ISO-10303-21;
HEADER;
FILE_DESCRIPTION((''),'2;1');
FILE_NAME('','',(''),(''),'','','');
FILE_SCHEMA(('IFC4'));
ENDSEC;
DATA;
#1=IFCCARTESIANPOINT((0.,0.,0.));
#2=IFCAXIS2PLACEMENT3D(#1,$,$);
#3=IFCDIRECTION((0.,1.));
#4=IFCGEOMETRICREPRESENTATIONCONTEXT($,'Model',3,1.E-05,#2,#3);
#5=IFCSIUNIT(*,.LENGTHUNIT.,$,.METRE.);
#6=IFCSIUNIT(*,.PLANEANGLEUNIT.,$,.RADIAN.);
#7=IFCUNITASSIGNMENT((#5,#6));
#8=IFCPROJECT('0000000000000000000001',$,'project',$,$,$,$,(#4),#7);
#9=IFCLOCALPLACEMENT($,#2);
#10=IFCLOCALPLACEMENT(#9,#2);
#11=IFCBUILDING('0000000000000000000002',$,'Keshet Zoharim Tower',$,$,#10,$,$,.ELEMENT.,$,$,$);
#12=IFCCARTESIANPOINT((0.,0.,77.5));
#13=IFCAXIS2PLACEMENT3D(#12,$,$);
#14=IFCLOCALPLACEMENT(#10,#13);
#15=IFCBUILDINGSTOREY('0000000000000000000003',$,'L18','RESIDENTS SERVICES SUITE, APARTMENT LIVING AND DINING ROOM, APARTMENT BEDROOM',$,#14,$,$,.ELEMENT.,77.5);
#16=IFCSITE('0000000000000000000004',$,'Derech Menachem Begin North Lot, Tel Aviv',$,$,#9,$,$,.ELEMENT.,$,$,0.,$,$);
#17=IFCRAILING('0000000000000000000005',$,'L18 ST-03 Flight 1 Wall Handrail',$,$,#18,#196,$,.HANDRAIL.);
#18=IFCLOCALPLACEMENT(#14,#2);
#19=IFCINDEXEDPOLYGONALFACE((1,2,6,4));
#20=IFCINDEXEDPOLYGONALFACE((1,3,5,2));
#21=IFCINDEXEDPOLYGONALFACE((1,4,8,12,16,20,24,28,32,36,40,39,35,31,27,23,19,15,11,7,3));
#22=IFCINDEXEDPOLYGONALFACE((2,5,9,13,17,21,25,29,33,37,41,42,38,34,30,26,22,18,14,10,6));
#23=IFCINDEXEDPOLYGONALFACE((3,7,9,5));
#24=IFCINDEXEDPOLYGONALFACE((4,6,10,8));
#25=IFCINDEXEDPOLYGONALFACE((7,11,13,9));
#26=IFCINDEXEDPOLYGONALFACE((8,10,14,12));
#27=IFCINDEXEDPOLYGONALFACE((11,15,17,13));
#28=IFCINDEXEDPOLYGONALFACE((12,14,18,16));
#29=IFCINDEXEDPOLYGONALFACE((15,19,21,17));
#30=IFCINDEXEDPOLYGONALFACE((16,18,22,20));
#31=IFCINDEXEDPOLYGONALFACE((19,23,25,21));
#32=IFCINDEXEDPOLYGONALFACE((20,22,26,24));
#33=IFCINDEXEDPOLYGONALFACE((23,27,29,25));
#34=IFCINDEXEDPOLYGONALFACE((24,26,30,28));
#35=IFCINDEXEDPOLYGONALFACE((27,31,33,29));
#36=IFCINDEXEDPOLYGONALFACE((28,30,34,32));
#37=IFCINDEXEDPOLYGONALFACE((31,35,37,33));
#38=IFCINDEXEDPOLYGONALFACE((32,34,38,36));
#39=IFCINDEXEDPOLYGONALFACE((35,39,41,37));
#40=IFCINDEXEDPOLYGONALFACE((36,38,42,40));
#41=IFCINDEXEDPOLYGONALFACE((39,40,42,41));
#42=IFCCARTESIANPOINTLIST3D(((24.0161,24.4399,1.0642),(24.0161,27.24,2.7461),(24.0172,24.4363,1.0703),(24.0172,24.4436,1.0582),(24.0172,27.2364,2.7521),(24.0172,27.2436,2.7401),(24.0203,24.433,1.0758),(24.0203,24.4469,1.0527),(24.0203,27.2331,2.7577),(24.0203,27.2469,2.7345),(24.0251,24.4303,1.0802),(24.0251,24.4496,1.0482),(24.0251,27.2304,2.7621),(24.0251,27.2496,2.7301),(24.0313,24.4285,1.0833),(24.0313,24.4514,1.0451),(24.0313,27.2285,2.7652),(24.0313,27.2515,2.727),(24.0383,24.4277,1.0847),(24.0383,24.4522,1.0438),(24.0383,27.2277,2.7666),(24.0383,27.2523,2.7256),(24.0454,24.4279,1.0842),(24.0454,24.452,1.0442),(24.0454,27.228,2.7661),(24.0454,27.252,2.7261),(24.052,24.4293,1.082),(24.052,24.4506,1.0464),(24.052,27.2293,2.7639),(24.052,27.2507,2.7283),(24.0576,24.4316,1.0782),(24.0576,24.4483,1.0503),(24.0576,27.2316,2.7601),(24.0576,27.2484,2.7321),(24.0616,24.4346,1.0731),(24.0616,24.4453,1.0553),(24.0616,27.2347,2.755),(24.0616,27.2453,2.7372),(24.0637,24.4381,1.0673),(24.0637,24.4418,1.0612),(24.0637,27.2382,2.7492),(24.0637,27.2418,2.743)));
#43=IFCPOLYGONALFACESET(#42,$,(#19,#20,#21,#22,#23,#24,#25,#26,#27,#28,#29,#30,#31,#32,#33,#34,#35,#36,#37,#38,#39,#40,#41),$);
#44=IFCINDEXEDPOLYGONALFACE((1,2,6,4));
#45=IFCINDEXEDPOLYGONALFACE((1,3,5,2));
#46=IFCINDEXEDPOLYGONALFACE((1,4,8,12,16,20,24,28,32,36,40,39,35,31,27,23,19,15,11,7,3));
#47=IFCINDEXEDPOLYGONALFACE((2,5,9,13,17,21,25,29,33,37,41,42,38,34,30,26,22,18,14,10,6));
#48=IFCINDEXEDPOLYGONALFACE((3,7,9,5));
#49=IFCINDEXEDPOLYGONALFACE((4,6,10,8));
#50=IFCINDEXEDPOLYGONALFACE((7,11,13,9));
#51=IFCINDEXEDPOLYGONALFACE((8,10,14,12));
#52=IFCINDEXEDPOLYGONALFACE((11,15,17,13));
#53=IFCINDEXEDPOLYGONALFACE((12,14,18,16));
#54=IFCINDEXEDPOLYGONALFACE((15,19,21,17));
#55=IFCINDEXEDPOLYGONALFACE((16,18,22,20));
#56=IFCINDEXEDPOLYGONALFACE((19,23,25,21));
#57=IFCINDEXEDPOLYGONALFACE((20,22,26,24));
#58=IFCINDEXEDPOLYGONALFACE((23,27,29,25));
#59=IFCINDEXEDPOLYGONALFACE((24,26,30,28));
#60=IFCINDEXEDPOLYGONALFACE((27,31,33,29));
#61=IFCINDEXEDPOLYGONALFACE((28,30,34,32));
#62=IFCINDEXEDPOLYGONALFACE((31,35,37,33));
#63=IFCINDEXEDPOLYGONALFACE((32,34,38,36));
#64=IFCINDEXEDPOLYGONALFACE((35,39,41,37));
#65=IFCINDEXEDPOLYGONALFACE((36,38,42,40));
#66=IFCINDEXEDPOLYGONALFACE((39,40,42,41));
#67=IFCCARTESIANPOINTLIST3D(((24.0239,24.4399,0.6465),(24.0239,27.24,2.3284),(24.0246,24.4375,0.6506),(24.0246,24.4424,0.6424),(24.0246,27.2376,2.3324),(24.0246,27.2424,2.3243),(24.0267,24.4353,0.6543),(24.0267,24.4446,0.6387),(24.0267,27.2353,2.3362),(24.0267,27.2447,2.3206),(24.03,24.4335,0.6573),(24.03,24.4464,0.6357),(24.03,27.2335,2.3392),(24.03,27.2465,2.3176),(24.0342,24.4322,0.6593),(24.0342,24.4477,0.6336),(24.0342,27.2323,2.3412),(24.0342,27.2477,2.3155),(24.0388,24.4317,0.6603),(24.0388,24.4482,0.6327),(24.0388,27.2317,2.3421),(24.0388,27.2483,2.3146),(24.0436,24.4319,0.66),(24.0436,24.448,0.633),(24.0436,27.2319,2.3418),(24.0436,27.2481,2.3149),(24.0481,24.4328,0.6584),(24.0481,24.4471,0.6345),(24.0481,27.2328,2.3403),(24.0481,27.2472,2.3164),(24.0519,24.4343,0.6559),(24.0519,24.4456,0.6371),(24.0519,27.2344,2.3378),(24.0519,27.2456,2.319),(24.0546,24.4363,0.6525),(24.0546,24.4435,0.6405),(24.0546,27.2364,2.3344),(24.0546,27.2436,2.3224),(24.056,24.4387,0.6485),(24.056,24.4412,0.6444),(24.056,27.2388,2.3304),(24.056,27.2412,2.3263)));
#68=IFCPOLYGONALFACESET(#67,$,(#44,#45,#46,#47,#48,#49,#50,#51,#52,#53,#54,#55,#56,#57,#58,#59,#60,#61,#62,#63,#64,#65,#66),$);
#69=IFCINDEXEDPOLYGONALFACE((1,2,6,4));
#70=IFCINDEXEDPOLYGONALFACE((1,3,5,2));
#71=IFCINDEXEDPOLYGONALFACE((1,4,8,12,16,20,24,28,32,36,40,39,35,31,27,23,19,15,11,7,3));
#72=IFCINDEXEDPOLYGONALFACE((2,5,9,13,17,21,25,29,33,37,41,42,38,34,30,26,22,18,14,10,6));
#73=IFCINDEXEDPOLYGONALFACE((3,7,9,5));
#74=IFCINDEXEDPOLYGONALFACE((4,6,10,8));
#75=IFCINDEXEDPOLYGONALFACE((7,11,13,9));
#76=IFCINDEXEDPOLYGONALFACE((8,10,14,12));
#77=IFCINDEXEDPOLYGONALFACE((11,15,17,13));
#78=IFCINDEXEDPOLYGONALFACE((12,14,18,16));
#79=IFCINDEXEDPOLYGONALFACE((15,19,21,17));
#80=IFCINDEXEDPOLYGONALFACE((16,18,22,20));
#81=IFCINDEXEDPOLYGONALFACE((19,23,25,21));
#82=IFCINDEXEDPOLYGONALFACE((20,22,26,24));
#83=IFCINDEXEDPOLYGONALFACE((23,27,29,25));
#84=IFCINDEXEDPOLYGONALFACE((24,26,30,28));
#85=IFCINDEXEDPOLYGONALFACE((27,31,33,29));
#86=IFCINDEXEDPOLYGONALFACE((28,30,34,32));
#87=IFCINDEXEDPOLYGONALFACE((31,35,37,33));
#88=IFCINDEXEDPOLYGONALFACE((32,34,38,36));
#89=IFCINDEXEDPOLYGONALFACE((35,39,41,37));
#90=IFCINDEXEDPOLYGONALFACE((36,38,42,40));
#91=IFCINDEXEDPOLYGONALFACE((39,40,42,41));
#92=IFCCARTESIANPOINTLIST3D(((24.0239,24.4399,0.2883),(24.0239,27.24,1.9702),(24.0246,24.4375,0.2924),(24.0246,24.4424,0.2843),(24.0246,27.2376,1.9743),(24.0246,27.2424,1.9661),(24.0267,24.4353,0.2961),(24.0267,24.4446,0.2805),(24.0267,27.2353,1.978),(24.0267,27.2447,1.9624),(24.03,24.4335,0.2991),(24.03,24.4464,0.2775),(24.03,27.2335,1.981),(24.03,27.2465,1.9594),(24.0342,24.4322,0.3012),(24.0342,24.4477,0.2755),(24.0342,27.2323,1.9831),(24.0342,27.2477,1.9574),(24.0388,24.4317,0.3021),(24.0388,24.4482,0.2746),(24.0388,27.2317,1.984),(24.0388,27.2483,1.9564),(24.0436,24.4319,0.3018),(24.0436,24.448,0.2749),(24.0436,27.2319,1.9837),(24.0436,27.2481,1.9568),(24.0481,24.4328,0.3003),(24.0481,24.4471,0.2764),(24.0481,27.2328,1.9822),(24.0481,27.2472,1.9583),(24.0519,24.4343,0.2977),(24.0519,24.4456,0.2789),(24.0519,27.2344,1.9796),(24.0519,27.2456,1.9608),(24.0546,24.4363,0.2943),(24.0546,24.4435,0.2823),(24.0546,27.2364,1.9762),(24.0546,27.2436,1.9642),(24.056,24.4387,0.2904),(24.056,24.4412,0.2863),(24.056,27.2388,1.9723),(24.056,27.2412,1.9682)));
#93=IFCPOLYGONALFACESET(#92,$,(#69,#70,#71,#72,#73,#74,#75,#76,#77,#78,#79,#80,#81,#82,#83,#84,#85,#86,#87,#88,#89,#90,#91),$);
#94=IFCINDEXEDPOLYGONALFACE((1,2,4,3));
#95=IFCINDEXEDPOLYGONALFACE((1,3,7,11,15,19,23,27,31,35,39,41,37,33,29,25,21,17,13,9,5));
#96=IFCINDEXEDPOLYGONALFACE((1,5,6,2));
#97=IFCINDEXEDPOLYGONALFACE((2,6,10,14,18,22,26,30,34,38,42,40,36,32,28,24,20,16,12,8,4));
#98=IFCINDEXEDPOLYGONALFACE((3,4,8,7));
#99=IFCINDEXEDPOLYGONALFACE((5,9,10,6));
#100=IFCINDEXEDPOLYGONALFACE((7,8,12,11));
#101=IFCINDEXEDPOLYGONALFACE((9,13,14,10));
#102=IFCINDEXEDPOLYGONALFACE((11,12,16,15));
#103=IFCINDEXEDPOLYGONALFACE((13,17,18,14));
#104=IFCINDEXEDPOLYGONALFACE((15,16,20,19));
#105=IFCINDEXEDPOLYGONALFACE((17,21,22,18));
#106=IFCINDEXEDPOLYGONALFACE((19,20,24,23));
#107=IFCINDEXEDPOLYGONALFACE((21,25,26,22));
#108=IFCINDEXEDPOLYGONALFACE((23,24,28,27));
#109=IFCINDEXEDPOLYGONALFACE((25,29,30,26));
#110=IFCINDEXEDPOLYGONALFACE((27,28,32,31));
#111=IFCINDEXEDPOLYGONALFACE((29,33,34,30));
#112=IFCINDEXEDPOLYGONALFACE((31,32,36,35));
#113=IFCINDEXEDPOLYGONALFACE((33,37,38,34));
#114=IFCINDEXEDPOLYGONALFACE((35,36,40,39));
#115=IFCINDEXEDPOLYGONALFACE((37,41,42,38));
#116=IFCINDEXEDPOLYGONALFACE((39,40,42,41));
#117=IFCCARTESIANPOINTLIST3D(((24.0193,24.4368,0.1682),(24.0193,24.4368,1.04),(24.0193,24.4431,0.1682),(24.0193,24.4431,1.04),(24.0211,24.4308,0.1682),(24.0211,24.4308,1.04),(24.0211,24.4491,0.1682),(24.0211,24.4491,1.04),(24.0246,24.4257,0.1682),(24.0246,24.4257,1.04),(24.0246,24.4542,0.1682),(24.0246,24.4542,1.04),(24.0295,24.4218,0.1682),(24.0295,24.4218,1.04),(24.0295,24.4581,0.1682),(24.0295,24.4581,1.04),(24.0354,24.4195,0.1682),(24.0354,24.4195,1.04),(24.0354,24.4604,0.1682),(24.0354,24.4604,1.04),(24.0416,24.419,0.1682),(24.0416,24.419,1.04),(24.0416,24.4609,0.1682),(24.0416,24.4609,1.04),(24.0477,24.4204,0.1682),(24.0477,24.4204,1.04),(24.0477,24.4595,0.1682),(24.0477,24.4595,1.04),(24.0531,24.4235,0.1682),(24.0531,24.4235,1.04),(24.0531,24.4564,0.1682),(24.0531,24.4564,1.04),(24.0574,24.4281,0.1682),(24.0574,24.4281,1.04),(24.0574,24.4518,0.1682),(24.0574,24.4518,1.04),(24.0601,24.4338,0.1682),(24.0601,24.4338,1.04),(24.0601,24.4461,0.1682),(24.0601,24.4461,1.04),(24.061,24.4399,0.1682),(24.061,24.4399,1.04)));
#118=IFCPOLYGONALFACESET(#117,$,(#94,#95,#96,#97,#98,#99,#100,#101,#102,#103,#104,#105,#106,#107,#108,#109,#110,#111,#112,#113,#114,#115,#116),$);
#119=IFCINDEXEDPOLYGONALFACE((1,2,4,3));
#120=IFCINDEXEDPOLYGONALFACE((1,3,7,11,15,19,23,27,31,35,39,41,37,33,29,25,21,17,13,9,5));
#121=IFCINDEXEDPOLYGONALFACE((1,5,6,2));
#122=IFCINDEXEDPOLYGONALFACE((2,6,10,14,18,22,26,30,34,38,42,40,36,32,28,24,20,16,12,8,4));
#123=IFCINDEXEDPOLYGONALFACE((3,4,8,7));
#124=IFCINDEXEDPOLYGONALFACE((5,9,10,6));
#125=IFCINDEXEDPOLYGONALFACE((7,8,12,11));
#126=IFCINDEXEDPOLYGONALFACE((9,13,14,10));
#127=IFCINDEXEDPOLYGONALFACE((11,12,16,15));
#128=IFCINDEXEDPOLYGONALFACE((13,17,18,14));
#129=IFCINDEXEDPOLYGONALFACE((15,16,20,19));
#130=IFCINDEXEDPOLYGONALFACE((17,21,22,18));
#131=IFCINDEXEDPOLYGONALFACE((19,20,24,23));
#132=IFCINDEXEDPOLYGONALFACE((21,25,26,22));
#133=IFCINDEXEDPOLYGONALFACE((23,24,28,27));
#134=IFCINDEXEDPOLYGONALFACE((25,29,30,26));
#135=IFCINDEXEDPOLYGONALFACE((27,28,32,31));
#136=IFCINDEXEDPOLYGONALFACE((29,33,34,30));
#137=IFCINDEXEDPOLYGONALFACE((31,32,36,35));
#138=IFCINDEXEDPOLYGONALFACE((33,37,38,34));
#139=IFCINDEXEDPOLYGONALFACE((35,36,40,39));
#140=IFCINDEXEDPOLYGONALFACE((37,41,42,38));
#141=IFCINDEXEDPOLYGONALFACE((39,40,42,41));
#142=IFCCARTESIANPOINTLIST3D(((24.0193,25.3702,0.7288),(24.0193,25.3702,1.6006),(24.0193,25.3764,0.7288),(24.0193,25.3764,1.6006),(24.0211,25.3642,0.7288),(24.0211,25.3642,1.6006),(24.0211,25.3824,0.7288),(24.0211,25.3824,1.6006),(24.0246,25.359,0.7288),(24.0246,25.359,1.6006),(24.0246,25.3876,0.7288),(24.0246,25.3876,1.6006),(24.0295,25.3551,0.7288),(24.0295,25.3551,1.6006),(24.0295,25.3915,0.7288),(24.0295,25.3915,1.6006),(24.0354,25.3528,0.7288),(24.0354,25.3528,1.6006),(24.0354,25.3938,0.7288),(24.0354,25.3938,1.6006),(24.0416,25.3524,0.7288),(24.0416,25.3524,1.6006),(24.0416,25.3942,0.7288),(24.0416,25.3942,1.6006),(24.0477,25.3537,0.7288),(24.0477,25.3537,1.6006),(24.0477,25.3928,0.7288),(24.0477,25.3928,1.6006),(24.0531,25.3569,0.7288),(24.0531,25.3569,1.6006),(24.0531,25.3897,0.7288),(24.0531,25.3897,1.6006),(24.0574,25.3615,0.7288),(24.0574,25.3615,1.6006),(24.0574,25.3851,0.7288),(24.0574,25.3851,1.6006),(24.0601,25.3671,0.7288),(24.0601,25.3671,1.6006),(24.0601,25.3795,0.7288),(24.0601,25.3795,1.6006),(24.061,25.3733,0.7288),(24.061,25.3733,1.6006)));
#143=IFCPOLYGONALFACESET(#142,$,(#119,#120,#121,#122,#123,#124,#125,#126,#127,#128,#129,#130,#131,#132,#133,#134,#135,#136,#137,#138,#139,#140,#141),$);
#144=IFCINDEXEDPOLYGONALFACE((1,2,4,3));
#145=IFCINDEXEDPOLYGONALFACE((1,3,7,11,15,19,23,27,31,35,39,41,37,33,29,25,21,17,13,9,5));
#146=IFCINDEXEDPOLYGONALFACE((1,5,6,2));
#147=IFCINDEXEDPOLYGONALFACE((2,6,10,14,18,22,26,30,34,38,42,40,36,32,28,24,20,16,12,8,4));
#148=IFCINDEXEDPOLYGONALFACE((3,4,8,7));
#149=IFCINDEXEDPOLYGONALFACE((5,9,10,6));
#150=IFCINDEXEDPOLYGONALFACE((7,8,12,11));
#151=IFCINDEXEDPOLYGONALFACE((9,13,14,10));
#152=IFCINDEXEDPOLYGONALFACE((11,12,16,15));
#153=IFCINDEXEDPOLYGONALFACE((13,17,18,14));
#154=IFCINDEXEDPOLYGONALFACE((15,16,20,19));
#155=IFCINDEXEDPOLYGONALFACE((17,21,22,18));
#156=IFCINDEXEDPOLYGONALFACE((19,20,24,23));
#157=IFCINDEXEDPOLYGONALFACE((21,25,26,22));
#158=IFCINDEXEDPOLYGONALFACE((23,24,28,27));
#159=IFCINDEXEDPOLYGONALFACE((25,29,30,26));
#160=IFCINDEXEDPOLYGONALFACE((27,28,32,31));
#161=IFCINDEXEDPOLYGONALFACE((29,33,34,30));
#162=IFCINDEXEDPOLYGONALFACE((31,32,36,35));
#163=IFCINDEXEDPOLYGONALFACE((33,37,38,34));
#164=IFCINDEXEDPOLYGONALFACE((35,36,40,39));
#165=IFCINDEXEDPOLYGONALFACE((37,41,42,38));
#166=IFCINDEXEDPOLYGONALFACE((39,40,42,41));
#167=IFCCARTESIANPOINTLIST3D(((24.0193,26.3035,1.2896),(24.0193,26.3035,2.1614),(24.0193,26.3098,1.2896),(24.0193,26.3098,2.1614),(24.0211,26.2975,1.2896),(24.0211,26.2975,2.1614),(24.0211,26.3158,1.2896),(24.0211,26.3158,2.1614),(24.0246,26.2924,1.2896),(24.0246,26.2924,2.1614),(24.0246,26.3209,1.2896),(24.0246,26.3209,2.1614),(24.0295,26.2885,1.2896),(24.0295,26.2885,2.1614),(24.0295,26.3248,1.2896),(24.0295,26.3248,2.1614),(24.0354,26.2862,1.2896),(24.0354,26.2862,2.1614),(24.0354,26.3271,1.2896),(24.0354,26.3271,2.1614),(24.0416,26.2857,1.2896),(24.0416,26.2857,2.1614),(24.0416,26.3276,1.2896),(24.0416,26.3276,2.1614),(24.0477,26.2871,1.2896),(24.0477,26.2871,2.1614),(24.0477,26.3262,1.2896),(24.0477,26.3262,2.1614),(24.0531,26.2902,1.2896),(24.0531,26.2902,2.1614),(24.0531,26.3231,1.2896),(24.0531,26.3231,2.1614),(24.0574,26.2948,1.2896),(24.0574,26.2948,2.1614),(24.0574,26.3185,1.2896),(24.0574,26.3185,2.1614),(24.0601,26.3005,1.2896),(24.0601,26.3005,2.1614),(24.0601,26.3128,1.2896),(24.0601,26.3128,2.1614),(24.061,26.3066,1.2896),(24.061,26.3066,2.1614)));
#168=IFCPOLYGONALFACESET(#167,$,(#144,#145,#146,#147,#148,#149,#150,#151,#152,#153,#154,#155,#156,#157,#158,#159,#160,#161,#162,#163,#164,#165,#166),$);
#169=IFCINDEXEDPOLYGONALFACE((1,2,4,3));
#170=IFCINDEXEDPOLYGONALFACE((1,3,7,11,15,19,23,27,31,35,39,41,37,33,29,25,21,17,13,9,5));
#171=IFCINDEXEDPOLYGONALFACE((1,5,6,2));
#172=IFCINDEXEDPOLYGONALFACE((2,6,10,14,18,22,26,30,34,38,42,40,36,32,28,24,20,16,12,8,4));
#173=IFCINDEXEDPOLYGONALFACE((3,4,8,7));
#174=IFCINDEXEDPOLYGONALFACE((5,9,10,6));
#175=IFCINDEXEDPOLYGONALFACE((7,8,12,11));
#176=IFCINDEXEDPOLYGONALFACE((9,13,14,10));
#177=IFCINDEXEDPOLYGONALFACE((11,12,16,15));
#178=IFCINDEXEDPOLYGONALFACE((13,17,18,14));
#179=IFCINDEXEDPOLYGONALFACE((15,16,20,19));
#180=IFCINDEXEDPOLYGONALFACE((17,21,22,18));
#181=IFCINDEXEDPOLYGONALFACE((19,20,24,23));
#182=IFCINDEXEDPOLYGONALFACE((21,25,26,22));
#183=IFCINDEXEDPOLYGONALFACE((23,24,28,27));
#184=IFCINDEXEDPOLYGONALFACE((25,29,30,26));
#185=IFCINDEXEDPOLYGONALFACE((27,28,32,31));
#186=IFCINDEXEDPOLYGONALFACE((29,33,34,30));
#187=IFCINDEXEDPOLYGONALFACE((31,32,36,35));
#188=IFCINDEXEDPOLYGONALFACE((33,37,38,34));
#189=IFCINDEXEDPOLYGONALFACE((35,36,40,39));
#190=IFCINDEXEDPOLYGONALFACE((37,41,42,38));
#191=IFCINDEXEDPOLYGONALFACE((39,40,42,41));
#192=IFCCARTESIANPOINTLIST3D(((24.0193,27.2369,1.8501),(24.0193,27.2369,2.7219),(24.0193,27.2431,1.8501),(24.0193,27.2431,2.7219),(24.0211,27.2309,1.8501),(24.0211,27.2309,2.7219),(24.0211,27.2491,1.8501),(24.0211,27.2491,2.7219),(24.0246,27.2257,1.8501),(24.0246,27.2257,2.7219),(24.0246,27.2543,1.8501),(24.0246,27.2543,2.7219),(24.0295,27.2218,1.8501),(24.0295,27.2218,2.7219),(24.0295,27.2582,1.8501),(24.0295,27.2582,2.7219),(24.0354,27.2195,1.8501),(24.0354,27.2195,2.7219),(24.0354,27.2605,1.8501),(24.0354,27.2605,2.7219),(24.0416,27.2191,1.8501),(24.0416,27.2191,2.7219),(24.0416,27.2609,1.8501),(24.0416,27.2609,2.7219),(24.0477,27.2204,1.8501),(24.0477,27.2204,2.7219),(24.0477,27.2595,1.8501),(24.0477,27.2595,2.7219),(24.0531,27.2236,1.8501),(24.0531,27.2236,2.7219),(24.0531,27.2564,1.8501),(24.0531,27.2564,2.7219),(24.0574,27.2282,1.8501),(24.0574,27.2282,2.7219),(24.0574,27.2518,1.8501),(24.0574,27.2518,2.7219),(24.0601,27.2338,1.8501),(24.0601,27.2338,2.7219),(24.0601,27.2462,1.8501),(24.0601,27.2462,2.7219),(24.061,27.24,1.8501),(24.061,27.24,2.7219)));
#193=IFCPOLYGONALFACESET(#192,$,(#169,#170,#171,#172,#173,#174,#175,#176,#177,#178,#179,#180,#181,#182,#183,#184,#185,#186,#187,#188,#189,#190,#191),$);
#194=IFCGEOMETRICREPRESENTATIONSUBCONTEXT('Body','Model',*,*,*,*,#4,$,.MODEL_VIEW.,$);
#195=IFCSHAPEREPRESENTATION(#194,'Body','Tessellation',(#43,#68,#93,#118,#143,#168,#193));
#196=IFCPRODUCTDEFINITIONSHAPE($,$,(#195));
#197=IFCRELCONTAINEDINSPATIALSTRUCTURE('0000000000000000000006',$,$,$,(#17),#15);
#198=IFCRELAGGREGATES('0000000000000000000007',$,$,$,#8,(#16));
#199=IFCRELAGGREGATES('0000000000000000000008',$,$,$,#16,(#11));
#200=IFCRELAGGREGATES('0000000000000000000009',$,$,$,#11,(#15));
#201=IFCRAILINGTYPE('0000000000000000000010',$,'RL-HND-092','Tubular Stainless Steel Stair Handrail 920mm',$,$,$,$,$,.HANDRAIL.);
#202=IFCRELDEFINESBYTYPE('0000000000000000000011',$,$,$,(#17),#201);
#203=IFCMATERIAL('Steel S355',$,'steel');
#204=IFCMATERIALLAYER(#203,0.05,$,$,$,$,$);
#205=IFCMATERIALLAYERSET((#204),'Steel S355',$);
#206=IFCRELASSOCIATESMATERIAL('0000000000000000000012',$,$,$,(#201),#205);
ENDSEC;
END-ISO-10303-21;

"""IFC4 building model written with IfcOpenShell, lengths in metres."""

from ifc_helpers import new_model, si_unit, direction, frame, origin, origin_2d, place, context, subcontext, project, spatial, circle, extrude, material, layer, layer_set, type_object, element, save


model = new_model("IFC4")

# Units and contexts
model_context = context("Model", 3, precision=1e-05, world=origin(), true_north=direction((0.0, 1.0)))
body_context = subcontext(model_context, "Body", "Model", "MODEL_VIEW")
ifc_project = project(units=[si_unit("LENGTHUNIT", "METRE"), si_unit("PLANEANGLEUNIT", "RADIAN")], contexts=[model_context])

# Site, building, storey
site_placement = place(None, origin())
site = spatial("IfcSite", under=ifc_project, at=site_placement, Name="Derech Menachem Begin North Lot, Tel Aviv", CompositionType="ELEMENT", RefElevation=0.0)
building_placement = place(site_placement, origin())
building = spatial("IfcBuilding", under=site, at=building_placement, Name="Keshet Zoharim Tower", CompositionType="ELEMENT")
storey_placement = place(building_placement, frame((0.0, 0.0, 77.5)))
storey = spatial("IfcBuildingStorey", under=building, at=storey_placement, Name="L18", Description="RESIDENTS SERVICES SUITE, APARTMENT LIVING AND DINING ROOM, APARTMENT BEDROOM", CompositionType="ELEMENT", Elevation=77.5)

# Shared definitions
ifc_material_1 = material(Name="Steel S355", Category="steel")

# Railing
ifc_layer_1 = layer(ifc_material_1, 0.05)
ifc_layer_set_1 = layer_set([ifc_layer_1], Name="Steel S355")
railing_type_1 = type_object("IfcRailingType", Name="RL-HND-092", Description="Tubular Stainless Steel Stair Handrail 920mm", PredefinedType="HANDRAIL", material=ifc_layer_set_1)
railing_1_placement = place(storey_placement, frame((24.04, 24.4399, 0.1682)))
element("IfcRailing", 1, at=railing_1_placement, inside=storey, type_object=railing_type_1, Name="L18 ST-03 Flight 1 Wall Handrail", PredefinedType="HANDRAIL", context=body_context, shape_type="SweptSolid", body=[
    extrude(circle(Radius=0.0239, at=origin_2d()), frame((0.0, 0.0, 0.896), z_axis=(0.0, 0.857242, 0.514913), x_axis=(-1.0, 0.0, 0.0)), (0.0, 0.0, 1.0), 3.2664),
    extrude(circle(Radius=0.0161, at=origin_2d()), frame((0.0, 0.0, 0.4783), z_axis=(0.0, 0.857242, 0.514913), x_axis=(-1.0, 0.0, 0.0)), (0.0, 0.0, 1.0), 3.2664),
    extrude(circle(Radius=0.0161, at=origin_2d()), frame((0.0, 0.0, 0.1201), z_axis=(0.0, 0.857242, 0.514913), x_axis=(-1.0, 0.0, 0.0)), (0.0, 0.0, 1.0), 3.2664),
    extrude(circle(Radius=0.021, at=origin_2d()), origin(), (0.0, 0.0, 1.0), 0.8718),
    extrude(circle(Radius=0.021, at=origin_2d()), frame((0.0, 0.9333, 0.5605)), (0.0, 0.0, 1.0), 0.8718),
    extrude(circle(Radius=0.021, at=origin_2d()), frame((0.0, 1.8667, 1.1213)), (0.0, 0.0, 1.0), 0.8718),
    extrude(circle(Radius=0.021, at=origin_2d()), frame((0.0, 2.8, 1.6819)), (0.0, 0.0, 1.0), 0.8718),
])

save(model, "model.ifc")
